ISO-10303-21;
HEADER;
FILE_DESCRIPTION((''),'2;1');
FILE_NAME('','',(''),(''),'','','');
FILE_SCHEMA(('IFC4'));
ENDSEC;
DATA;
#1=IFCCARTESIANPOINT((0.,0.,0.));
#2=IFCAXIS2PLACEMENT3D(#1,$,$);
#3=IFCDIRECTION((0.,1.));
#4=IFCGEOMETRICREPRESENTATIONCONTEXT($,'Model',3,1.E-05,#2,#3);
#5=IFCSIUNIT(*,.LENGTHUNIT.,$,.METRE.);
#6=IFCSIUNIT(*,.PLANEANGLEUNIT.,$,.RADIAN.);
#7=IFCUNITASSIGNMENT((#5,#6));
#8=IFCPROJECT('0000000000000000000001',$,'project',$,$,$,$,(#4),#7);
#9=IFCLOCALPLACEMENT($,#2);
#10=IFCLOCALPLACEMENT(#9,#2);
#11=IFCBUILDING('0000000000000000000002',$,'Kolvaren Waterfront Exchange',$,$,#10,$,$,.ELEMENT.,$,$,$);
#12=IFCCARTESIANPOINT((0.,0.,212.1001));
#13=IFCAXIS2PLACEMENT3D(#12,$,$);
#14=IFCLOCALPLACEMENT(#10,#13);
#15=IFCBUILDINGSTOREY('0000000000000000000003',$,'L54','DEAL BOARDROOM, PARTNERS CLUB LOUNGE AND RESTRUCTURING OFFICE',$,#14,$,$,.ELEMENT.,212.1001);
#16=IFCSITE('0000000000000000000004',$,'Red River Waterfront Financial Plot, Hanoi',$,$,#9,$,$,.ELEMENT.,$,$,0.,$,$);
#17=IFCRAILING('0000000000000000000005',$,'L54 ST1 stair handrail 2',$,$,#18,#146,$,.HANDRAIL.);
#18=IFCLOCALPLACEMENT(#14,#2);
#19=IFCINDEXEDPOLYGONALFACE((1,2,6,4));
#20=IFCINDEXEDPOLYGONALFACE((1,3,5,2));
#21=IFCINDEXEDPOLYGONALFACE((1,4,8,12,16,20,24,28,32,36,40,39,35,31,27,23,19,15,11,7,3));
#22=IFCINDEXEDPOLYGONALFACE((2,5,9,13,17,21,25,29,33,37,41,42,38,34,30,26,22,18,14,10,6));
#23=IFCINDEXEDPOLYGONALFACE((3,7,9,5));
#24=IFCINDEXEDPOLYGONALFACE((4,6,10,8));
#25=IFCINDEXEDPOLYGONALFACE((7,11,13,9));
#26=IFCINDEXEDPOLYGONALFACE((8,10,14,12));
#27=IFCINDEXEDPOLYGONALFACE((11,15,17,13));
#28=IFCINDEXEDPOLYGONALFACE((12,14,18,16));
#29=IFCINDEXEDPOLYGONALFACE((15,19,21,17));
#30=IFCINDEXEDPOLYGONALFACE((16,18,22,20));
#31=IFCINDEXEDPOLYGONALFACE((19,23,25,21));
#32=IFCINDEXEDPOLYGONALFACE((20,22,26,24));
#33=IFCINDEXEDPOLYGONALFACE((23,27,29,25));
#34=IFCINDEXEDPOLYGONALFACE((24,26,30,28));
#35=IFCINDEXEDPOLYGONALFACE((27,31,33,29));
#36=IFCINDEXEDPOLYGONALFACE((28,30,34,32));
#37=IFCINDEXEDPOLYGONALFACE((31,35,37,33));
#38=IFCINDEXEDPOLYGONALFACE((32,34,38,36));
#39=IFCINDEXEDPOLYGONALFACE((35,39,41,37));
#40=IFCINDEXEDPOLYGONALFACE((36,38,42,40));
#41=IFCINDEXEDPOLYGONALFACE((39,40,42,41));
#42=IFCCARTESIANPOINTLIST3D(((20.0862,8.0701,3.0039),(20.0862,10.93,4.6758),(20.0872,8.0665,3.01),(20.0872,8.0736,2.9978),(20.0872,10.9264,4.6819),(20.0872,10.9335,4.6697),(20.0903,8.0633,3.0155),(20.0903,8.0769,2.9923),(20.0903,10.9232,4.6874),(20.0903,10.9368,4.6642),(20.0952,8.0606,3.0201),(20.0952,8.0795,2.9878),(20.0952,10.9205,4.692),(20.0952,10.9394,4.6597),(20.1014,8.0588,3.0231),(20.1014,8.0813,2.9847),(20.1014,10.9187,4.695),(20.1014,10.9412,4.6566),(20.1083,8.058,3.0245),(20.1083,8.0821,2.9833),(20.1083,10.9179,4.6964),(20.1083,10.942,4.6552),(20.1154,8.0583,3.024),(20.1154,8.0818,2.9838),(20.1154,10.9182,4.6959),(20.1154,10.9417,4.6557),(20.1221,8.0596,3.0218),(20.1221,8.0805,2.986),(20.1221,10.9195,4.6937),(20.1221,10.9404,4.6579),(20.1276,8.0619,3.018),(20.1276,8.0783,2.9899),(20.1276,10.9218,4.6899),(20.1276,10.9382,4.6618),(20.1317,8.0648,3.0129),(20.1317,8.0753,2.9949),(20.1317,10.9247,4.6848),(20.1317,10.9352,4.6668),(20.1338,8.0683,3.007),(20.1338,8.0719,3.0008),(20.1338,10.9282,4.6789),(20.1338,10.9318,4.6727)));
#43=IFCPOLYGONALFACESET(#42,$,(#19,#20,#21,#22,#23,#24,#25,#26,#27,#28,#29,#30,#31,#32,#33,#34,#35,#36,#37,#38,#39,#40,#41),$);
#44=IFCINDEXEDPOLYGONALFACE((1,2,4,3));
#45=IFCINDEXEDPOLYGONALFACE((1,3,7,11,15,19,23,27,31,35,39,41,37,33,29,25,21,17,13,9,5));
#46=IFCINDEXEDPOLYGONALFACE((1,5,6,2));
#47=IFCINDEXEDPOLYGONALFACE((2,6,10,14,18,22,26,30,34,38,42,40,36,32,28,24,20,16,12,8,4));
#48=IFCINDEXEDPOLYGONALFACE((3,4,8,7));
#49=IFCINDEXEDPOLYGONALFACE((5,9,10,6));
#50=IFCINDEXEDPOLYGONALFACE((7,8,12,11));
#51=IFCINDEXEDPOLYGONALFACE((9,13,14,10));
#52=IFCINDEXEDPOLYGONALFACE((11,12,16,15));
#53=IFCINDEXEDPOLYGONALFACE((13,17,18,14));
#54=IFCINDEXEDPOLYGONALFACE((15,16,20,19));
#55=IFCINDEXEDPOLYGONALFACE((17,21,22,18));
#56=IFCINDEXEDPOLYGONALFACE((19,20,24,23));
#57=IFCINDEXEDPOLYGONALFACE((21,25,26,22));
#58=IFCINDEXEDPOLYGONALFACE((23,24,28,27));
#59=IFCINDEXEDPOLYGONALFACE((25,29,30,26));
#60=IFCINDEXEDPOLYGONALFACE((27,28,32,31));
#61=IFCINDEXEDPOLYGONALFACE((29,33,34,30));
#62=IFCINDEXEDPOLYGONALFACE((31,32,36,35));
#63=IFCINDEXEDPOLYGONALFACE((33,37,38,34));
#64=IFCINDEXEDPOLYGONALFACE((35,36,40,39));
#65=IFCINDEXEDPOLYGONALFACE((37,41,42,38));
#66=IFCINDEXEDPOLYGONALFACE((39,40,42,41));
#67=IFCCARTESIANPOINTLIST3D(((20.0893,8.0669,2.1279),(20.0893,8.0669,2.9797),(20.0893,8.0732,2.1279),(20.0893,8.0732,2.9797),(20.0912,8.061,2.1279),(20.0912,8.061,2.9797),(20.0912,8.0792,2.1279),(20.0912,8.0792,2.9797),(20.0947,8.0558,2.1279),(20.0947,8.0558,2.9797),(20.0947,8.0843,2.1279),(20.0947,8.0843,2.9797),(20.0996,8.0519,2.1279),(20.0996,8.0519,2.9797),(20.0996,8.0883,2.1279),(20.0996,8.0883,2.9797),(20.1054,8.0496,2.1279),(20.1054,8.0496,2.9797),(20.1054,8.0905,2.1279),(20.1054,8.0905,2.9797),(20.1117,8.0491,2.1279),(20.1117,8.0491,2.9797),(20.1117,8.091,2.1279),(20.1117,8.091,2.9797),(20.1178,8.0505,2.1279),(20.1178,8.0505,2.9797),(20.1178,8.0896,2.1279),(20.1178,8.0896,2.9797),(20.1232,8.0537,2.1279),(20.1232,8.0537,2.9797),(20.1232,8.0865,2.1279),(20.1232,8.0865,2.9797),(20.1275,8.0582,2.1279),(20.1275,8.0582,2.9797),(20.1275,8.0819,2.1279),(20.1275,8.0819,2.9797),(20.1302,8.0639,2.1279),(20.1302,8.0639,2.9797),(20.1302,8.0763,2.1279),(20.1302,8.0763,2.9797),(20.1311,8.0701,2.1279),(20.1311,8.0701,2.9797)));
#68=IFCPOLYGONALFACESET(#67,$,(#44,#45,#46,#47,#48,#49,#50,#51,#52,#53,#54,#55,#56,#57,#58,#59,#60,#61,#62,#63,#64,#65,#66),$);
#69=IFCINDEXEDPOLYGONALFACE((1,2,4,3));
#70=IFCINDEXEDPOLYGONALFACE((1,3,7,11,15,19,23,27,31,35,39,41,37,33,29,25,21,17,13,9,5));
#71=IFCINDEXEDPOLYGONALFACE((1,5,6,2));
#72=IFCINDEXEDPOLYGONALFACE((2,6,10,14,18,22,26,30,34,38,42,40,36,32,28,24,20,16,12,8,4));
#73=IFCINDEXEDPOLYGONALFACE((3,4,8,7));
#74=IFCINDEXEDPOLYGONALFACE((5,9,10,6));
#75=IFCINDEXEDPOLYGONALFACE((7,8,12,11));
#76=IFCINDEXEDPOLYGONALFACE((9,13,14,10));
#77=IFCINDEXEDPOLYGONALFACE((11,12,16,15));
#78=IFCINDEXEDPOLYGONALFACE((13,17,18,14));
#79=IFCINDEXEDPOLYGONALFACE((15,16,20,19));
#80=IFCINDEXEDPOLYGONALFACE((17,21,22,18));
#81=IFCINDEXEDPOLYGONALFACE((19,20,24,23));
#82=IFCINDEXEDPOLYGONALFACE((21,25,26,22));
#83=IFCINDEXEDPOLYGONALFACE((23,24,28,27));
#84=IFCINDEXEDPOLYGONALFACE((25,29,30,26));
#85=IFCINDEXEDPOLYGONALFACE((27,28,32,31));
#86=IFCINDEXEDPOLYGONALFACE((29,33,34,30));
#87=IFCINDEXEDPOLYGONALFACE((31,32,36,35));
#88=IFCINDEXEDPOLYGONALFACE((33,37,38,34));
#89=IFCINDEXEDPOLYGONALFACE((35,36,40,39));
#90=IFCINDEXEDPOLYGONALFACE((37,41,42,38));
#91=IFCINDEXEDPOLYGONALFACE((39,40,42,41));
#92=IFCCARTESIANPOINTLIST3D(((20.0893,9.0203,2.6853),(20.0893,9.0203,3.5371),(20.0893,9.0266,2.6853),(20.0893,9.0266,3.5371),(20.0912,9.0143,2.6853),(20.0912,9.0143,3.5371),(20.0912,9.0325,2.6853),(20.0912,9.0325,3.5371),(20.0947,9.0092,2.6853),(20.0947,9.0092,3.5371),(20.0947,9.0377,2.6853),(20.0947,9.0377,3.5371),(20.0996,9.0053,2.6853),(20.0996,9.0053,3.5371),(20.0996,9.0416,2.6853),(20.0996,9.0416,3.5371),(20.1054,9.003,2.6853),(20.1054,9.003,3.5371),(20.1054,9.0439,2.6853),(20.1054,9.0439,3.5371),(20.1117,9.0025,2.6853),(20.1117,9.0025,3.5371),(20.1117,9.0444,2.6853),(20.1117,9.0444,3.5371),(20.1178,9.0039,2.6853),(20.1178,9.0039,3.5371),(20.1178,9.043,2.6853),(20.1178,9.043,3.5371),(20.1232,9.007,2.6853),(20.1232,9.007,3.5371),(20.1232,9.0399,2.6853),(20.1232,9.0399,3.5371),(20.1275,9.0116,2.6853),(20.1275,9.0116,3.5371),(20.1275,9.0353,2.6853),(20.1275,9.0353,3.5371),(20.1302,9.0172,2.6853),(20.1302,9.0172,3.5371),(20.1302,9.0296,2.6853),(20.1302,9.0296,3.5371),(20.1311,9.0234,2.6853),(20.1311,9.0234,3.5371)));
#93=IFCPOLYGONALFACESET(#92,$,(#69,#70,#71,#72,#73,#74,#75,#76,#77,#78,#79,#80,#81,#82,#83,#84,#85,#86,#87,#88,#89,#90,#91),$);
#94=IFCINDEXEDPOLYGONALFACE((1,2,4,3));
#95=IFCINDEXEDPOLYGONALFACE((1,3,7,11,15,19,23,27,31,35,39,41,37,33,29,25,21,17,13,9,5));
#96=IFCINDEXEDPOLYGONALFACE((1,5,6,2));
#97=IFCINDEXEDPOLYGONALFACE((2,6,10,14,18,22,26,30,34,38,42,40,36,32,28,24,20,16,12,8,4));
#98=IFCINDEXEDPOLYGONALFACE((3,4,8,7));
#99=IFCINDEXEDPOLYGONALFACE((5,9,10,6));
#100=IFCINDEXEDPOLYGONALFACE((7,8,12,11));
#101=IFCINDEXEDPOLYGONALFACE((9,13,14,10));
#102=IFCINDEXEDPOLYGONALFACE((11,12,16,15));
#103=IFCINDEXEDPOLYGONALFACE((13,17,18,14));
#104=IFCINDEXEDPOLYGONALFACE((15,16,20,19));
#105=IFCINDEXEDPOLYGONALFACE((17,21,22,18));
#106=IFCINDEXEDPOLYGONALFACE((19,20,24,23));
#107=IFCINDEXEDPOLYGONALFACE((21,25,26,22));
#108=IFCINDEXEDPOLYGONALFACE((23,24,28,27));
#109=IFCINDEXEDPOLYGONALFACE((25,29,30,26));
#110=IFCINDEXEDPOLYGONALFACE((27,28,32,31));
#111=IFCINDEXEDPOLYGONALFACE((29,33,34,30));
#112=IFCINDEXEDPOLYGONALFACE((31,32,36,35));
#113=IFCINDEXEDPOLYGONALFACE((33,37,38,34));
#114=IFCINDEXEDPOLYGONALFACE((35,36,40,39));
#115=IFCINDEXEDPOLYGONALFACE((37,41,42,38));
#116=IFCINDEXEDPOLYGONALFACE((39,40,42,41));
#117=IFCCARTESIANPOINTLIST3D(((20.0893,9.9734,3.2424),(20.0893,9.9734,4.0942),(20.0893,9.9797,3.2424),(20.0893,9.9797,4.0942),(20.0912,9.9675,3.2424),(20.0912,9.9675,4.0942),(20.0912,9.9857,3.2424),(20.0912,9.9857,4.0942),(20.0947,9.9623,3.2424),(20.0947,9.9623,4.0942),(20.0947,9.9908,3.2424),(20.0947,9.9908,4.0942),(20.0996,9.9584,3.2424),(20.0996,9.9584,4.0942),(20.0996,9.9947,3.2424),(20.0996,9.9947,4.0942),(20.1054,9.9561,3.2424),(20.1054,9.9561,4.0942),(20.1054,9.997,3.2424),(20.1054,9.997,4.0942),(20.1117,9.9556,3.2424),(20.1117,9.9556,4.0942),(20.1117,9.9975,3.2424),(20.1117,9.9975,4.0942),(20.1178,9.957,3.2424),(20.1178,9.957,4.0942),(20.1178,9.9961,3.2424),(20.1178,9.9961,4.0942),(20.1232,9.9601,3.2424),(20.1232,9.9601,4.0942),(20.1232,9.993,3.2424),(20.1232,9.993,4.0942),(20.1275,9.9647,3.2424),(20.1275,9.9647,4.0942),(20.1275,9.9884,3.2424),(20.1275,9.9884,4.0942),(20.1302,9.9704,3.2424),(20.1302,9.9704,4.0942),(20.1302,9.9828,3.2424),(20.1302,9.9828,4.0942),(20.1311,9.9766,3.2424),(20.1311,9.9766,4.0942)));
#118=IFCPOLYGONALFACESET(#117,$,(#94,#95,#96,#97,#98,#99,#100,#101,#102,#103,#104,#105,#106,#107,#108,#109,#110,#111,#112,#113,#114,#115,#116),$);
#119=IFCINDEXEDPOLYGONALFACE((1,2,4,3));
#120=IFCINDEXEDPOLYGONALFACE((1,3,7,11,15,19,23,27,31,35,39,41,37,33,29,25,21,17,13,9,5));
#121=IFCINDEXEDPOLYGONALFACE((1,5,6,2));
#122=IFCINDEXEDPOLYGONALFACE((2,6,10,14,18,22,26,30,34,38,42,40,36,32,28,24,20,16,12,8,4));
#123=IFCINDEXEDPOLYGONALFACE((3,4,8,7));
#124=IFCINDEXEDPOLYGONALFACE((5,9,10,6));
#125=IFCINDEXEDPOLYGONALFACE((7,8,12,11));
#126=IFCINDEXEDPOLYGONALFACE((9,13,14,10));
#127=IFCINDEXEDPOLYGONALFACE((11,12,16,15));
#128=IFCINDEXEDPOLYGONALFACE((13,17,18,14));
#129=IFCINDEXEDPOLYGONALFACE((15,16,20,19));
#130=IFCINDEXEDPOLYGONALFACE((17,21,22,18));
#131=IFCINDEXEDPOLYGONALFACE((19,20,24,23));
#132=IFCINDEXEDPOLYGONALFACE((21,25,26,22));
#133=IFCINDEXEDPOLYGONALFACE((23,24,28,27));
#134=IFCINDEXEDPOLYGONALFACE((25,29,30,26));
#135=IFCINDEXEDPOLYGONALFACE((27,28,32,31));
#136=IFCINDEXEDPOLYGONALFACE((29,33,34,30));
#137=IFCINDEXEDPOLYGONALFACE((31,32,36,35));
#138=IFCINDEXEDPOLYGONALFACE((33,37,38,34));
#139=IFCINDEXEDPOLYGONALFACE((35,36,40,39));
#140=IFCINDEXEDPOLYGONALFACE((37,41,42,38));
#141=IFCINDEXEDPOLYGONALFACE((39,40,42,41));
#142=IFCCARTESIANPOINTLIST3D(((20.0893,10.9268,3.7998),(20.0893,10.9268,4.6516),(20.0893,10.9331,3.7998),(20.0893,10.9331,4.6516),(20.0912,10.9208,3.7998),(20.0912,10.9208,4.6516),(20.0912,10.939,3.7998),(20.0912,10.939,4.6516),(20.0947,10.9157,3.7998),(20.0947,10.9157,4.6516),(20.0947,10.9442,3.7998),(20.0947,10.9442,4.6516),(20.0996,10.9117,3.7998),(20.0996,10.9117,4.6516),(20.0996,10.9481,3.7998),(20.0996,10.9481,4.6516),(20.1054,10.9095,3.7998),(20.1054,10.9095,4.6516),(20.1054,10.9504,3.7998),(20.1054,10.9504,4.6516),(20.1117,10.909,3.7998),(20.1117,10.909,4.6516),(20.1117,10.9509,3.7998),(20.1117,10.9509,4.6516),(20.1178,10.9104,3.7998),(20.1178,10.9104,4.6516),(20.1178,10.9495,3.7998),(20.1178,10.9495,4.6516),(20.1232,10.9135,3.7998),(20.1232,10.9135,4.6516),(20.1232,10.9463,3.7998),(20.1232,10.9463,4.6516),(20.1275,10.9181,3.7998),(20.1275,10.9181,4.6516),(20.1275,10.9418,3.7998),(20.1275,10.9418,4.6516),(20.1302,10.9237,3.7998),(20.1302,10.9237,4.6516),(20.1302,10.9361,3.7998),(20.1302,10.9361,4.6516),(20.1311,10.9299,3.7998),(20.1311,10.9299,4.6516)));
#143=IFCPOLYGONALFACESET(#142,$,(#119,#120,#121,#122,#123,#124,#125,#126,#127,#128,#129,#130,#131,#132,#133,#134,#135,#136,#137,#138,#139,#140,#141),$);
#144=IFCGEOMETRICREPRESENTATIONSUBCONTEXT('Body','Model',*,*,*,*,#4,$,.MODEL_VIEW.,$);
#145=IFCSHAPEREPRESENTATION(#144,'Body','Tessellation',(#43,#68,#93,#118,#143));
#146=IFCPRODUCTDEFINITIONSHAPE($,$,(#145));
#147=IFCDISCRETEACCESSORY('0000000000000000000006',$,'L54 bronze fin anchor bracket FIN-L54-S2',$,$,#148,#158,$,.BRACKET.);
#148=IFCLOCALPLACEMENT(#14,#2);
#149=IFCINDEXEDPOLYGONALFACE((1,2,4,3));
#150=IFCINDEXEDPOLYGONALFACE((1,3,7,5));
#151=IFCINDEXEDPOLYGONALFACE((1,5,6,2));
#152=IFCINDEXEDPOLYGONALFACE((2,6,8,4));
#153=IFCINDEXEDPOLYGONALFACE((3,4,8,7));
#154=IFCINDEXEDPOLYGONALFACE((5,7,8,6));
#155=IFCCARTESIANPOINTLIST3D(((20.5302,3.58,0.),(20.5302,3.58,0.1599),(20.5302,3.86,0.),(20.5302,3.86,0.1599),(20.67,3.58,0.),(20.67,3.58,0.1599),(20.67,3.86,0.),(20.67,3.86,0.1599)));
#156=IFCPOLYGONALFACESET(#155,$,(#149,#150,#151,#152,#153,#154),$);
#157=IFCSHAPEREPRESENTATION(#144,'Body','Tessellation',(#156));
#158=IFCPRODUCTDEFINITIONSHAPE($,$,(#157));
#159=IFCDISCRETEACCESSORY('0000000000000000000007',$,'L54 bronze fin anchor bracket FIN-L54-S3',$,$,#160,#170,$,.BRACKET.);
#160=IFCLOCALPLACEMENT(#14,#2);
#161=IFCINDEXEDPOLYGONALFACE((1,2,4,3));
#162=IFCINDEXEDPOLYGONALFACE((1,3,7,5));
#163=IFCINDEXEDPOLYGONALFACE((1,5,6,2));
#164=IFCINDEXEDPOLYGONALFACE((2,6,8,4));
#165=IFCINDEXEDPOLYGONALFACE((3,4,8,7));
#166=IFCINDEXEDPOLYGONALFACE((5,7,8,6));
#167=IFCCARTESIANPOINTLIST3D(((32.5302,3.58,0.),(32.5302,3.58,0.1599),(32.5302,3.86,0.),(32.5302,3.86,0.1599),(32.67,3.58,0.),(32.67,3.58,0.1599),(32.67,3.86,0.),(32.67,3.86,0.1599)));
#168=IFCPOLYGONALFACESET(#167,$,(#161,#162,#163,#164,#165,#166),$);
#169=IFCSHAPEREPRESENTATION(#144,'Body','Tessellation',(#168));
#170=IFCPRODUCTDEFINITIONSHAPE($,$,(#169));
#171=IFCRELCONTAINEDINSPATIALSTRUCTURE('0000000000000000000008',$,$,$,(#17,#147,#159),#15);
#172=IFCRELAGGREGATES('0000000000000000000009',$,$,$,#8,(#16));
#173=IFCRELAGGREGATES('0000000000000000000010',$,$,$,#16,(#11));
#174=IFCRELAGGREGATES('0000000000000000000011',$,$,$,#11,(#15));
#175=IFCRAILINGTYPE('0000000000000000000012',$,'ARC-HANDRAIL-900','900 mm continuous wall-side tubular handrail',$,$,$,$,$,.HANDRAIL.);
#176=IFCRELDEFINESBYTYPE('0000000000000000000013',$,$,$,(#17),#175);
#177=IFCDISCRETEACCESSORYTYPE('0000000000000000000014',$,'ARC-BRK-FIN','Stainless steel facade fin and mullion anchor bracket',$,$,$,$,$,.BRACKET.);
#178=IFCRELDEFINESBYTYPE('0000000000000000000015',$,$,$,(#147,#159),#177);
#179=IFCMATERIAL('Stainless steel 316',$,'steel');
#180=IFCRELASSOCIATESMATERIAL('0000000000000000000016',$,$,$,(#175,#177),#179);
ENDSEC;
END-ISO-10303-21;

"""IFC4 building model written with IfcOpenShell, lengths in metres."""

from ifc_helpers import new_model, si_unit, direction, frame, origin, origin_with_axes, origin_2d, place, context, subcontext, project, spatial, rectangle, circle, extrude, source, transform, mapped, material, type_object, element, save


model = new_model("IFC4")

# Units and contexts
model_context = context("Model", 3, precision=1e-05, world=origin(), true_north=direction((0.0, 1.0)))
body_context = subcontext(model_context, "Body", "Model", "MODEL_VIEW")
ifc_project = project(units=[si_unit("LENGTHUNIT", "METRE"), si_unit("PLANEANGLEUNIT", "RADIAN")], contexts=[model_context])

# Site, building, storey
site_placement = place(None, origin())
site = spatial("IfcSite", under=ifc_project, at=site_placement, Name="Red River Waterfront Financial Plot, Hanoi", CompositionType="ELEMENT", RefElevation=0.0)
building_placement = place(site_placement, origin())
building = spatial("IfcBuilding", under=site, at=building_placement, Name="Kolvaren Waterfront Exchange", CompositionType="ELEMENT")
storey_placement = place(building_placement, frame((0.0, 0.0, 212.1001)))
storey = spatial("IfcBuildingStorey", under=building, at=storey_placement, Name="L54", Description="DEAL BOARDROOM, PARTNERS CLUB LOUNGE AND RESTRUCTURING OFFICE", CompositionType="ELEMENT", Elevation=212.1001)

# Railing
ifc_material_1 = material(Name="Stainless steel 316", Category="steel")
railing_type_1 = type_object("IfcRailingType", Name="ARC-HANDRAIL-900", Description="900 mm continuous wall-side tubular handrail", PredefinedType="HANDRAIL", material=ifc_material_1)
railing_1_placement = place(storey_placement, frame((20.1101, 8.0701, 2.1279)))
element("IfcRailing", 1, at=railing_1_placement, inside=storey, type_object=railing_type_1, Name="L54 ST1 stair handrail 2", PredefinedType="HANDRAIL", context=body_context, shape_type="SweptSolid", body=[
    extrude(circle(Radius=0.0239, at=origin_2d()), frame((0.0, 0.0, 0.876), z_axis=(0.0, 0.863303, 0.504686), x_axis=(-1.0, 0.0, 0.0)), (0.0, 0.0, 1.0), 3.3127),
    extrude(circle(Radius=0.021, at=origin_2d()), origin(), (0.0, 0.0, 1.0), 0.8518),
    extrude(circle(Radius=0.021, at=origin_2d()), frame((0.0, 0.9534, 0.5574)), (0.0, 0.0, 1.0), 0.8518),
    extrude(circle(Radius=0.021, at=origin_2d()), frame((0.0, 1.9065, 1.1145)), (0.0, 0.0, 1.0), 0.8518),
    extrude(circle(Radius=0.021, at=origin_2d()), frame((0.0, 2.8599, 1.6719)), (0.0, 0.0, 1.0), 0.8518),
])

# Discrete accessories
discrete_accessory_type = type_object("IfcDiscreteAccessoryType", Name="ARC-BRK-FIN", Description="Stainless steel facade fin and mullion anchor bracket", PredefinedType="BRACKET", material=ifc_material_1)
shared_shape_1 = source(origin_with_axes(), body_context, "Body", "SweptSolid", [
    extrude(rectangle(XDim=0.28, YDim=0.1399, at=origin_2d()), origin(), (0.0, 0.0, 1.0), 0.1599),
])
for number, where, z_axis, x_axis, name in (
    (2, (20.6001, 3.72, 0.0), (0.0, 0.0, 1.0), (0.0, -1.0, 0.0), "L54 bronze fin anchor bracket FIN-L54-S2"),
    (3, (32.6001, 3.72, 0.0), (0.0, 0.0, 1.0), (0.0, -1.0, 0.0), "L54 bronze fin anchor bracket FIN-L54-S3"),
):
    element("IfcDiscreteAccessory", number, at=place(storey_placement, frame(where, z_axis=z_axis, x_axis=x_axis)), inside=storey, type_object=discrete_accessory_type, Name=name, PredefinedType="BRACKET", context=body_context, shape_type="MappedRepresentation", body=[
        mapped(shared_shape_1, transform((0.0, 0.0, 0.0), x_axis=(1.0, 0.0, 0.0), y_axis=(0.0, 1.0, 0.0), z_axis=(0.0, 0.0, 1.0), scale=1.0)),
    ])

save(model, "model.ifc")
